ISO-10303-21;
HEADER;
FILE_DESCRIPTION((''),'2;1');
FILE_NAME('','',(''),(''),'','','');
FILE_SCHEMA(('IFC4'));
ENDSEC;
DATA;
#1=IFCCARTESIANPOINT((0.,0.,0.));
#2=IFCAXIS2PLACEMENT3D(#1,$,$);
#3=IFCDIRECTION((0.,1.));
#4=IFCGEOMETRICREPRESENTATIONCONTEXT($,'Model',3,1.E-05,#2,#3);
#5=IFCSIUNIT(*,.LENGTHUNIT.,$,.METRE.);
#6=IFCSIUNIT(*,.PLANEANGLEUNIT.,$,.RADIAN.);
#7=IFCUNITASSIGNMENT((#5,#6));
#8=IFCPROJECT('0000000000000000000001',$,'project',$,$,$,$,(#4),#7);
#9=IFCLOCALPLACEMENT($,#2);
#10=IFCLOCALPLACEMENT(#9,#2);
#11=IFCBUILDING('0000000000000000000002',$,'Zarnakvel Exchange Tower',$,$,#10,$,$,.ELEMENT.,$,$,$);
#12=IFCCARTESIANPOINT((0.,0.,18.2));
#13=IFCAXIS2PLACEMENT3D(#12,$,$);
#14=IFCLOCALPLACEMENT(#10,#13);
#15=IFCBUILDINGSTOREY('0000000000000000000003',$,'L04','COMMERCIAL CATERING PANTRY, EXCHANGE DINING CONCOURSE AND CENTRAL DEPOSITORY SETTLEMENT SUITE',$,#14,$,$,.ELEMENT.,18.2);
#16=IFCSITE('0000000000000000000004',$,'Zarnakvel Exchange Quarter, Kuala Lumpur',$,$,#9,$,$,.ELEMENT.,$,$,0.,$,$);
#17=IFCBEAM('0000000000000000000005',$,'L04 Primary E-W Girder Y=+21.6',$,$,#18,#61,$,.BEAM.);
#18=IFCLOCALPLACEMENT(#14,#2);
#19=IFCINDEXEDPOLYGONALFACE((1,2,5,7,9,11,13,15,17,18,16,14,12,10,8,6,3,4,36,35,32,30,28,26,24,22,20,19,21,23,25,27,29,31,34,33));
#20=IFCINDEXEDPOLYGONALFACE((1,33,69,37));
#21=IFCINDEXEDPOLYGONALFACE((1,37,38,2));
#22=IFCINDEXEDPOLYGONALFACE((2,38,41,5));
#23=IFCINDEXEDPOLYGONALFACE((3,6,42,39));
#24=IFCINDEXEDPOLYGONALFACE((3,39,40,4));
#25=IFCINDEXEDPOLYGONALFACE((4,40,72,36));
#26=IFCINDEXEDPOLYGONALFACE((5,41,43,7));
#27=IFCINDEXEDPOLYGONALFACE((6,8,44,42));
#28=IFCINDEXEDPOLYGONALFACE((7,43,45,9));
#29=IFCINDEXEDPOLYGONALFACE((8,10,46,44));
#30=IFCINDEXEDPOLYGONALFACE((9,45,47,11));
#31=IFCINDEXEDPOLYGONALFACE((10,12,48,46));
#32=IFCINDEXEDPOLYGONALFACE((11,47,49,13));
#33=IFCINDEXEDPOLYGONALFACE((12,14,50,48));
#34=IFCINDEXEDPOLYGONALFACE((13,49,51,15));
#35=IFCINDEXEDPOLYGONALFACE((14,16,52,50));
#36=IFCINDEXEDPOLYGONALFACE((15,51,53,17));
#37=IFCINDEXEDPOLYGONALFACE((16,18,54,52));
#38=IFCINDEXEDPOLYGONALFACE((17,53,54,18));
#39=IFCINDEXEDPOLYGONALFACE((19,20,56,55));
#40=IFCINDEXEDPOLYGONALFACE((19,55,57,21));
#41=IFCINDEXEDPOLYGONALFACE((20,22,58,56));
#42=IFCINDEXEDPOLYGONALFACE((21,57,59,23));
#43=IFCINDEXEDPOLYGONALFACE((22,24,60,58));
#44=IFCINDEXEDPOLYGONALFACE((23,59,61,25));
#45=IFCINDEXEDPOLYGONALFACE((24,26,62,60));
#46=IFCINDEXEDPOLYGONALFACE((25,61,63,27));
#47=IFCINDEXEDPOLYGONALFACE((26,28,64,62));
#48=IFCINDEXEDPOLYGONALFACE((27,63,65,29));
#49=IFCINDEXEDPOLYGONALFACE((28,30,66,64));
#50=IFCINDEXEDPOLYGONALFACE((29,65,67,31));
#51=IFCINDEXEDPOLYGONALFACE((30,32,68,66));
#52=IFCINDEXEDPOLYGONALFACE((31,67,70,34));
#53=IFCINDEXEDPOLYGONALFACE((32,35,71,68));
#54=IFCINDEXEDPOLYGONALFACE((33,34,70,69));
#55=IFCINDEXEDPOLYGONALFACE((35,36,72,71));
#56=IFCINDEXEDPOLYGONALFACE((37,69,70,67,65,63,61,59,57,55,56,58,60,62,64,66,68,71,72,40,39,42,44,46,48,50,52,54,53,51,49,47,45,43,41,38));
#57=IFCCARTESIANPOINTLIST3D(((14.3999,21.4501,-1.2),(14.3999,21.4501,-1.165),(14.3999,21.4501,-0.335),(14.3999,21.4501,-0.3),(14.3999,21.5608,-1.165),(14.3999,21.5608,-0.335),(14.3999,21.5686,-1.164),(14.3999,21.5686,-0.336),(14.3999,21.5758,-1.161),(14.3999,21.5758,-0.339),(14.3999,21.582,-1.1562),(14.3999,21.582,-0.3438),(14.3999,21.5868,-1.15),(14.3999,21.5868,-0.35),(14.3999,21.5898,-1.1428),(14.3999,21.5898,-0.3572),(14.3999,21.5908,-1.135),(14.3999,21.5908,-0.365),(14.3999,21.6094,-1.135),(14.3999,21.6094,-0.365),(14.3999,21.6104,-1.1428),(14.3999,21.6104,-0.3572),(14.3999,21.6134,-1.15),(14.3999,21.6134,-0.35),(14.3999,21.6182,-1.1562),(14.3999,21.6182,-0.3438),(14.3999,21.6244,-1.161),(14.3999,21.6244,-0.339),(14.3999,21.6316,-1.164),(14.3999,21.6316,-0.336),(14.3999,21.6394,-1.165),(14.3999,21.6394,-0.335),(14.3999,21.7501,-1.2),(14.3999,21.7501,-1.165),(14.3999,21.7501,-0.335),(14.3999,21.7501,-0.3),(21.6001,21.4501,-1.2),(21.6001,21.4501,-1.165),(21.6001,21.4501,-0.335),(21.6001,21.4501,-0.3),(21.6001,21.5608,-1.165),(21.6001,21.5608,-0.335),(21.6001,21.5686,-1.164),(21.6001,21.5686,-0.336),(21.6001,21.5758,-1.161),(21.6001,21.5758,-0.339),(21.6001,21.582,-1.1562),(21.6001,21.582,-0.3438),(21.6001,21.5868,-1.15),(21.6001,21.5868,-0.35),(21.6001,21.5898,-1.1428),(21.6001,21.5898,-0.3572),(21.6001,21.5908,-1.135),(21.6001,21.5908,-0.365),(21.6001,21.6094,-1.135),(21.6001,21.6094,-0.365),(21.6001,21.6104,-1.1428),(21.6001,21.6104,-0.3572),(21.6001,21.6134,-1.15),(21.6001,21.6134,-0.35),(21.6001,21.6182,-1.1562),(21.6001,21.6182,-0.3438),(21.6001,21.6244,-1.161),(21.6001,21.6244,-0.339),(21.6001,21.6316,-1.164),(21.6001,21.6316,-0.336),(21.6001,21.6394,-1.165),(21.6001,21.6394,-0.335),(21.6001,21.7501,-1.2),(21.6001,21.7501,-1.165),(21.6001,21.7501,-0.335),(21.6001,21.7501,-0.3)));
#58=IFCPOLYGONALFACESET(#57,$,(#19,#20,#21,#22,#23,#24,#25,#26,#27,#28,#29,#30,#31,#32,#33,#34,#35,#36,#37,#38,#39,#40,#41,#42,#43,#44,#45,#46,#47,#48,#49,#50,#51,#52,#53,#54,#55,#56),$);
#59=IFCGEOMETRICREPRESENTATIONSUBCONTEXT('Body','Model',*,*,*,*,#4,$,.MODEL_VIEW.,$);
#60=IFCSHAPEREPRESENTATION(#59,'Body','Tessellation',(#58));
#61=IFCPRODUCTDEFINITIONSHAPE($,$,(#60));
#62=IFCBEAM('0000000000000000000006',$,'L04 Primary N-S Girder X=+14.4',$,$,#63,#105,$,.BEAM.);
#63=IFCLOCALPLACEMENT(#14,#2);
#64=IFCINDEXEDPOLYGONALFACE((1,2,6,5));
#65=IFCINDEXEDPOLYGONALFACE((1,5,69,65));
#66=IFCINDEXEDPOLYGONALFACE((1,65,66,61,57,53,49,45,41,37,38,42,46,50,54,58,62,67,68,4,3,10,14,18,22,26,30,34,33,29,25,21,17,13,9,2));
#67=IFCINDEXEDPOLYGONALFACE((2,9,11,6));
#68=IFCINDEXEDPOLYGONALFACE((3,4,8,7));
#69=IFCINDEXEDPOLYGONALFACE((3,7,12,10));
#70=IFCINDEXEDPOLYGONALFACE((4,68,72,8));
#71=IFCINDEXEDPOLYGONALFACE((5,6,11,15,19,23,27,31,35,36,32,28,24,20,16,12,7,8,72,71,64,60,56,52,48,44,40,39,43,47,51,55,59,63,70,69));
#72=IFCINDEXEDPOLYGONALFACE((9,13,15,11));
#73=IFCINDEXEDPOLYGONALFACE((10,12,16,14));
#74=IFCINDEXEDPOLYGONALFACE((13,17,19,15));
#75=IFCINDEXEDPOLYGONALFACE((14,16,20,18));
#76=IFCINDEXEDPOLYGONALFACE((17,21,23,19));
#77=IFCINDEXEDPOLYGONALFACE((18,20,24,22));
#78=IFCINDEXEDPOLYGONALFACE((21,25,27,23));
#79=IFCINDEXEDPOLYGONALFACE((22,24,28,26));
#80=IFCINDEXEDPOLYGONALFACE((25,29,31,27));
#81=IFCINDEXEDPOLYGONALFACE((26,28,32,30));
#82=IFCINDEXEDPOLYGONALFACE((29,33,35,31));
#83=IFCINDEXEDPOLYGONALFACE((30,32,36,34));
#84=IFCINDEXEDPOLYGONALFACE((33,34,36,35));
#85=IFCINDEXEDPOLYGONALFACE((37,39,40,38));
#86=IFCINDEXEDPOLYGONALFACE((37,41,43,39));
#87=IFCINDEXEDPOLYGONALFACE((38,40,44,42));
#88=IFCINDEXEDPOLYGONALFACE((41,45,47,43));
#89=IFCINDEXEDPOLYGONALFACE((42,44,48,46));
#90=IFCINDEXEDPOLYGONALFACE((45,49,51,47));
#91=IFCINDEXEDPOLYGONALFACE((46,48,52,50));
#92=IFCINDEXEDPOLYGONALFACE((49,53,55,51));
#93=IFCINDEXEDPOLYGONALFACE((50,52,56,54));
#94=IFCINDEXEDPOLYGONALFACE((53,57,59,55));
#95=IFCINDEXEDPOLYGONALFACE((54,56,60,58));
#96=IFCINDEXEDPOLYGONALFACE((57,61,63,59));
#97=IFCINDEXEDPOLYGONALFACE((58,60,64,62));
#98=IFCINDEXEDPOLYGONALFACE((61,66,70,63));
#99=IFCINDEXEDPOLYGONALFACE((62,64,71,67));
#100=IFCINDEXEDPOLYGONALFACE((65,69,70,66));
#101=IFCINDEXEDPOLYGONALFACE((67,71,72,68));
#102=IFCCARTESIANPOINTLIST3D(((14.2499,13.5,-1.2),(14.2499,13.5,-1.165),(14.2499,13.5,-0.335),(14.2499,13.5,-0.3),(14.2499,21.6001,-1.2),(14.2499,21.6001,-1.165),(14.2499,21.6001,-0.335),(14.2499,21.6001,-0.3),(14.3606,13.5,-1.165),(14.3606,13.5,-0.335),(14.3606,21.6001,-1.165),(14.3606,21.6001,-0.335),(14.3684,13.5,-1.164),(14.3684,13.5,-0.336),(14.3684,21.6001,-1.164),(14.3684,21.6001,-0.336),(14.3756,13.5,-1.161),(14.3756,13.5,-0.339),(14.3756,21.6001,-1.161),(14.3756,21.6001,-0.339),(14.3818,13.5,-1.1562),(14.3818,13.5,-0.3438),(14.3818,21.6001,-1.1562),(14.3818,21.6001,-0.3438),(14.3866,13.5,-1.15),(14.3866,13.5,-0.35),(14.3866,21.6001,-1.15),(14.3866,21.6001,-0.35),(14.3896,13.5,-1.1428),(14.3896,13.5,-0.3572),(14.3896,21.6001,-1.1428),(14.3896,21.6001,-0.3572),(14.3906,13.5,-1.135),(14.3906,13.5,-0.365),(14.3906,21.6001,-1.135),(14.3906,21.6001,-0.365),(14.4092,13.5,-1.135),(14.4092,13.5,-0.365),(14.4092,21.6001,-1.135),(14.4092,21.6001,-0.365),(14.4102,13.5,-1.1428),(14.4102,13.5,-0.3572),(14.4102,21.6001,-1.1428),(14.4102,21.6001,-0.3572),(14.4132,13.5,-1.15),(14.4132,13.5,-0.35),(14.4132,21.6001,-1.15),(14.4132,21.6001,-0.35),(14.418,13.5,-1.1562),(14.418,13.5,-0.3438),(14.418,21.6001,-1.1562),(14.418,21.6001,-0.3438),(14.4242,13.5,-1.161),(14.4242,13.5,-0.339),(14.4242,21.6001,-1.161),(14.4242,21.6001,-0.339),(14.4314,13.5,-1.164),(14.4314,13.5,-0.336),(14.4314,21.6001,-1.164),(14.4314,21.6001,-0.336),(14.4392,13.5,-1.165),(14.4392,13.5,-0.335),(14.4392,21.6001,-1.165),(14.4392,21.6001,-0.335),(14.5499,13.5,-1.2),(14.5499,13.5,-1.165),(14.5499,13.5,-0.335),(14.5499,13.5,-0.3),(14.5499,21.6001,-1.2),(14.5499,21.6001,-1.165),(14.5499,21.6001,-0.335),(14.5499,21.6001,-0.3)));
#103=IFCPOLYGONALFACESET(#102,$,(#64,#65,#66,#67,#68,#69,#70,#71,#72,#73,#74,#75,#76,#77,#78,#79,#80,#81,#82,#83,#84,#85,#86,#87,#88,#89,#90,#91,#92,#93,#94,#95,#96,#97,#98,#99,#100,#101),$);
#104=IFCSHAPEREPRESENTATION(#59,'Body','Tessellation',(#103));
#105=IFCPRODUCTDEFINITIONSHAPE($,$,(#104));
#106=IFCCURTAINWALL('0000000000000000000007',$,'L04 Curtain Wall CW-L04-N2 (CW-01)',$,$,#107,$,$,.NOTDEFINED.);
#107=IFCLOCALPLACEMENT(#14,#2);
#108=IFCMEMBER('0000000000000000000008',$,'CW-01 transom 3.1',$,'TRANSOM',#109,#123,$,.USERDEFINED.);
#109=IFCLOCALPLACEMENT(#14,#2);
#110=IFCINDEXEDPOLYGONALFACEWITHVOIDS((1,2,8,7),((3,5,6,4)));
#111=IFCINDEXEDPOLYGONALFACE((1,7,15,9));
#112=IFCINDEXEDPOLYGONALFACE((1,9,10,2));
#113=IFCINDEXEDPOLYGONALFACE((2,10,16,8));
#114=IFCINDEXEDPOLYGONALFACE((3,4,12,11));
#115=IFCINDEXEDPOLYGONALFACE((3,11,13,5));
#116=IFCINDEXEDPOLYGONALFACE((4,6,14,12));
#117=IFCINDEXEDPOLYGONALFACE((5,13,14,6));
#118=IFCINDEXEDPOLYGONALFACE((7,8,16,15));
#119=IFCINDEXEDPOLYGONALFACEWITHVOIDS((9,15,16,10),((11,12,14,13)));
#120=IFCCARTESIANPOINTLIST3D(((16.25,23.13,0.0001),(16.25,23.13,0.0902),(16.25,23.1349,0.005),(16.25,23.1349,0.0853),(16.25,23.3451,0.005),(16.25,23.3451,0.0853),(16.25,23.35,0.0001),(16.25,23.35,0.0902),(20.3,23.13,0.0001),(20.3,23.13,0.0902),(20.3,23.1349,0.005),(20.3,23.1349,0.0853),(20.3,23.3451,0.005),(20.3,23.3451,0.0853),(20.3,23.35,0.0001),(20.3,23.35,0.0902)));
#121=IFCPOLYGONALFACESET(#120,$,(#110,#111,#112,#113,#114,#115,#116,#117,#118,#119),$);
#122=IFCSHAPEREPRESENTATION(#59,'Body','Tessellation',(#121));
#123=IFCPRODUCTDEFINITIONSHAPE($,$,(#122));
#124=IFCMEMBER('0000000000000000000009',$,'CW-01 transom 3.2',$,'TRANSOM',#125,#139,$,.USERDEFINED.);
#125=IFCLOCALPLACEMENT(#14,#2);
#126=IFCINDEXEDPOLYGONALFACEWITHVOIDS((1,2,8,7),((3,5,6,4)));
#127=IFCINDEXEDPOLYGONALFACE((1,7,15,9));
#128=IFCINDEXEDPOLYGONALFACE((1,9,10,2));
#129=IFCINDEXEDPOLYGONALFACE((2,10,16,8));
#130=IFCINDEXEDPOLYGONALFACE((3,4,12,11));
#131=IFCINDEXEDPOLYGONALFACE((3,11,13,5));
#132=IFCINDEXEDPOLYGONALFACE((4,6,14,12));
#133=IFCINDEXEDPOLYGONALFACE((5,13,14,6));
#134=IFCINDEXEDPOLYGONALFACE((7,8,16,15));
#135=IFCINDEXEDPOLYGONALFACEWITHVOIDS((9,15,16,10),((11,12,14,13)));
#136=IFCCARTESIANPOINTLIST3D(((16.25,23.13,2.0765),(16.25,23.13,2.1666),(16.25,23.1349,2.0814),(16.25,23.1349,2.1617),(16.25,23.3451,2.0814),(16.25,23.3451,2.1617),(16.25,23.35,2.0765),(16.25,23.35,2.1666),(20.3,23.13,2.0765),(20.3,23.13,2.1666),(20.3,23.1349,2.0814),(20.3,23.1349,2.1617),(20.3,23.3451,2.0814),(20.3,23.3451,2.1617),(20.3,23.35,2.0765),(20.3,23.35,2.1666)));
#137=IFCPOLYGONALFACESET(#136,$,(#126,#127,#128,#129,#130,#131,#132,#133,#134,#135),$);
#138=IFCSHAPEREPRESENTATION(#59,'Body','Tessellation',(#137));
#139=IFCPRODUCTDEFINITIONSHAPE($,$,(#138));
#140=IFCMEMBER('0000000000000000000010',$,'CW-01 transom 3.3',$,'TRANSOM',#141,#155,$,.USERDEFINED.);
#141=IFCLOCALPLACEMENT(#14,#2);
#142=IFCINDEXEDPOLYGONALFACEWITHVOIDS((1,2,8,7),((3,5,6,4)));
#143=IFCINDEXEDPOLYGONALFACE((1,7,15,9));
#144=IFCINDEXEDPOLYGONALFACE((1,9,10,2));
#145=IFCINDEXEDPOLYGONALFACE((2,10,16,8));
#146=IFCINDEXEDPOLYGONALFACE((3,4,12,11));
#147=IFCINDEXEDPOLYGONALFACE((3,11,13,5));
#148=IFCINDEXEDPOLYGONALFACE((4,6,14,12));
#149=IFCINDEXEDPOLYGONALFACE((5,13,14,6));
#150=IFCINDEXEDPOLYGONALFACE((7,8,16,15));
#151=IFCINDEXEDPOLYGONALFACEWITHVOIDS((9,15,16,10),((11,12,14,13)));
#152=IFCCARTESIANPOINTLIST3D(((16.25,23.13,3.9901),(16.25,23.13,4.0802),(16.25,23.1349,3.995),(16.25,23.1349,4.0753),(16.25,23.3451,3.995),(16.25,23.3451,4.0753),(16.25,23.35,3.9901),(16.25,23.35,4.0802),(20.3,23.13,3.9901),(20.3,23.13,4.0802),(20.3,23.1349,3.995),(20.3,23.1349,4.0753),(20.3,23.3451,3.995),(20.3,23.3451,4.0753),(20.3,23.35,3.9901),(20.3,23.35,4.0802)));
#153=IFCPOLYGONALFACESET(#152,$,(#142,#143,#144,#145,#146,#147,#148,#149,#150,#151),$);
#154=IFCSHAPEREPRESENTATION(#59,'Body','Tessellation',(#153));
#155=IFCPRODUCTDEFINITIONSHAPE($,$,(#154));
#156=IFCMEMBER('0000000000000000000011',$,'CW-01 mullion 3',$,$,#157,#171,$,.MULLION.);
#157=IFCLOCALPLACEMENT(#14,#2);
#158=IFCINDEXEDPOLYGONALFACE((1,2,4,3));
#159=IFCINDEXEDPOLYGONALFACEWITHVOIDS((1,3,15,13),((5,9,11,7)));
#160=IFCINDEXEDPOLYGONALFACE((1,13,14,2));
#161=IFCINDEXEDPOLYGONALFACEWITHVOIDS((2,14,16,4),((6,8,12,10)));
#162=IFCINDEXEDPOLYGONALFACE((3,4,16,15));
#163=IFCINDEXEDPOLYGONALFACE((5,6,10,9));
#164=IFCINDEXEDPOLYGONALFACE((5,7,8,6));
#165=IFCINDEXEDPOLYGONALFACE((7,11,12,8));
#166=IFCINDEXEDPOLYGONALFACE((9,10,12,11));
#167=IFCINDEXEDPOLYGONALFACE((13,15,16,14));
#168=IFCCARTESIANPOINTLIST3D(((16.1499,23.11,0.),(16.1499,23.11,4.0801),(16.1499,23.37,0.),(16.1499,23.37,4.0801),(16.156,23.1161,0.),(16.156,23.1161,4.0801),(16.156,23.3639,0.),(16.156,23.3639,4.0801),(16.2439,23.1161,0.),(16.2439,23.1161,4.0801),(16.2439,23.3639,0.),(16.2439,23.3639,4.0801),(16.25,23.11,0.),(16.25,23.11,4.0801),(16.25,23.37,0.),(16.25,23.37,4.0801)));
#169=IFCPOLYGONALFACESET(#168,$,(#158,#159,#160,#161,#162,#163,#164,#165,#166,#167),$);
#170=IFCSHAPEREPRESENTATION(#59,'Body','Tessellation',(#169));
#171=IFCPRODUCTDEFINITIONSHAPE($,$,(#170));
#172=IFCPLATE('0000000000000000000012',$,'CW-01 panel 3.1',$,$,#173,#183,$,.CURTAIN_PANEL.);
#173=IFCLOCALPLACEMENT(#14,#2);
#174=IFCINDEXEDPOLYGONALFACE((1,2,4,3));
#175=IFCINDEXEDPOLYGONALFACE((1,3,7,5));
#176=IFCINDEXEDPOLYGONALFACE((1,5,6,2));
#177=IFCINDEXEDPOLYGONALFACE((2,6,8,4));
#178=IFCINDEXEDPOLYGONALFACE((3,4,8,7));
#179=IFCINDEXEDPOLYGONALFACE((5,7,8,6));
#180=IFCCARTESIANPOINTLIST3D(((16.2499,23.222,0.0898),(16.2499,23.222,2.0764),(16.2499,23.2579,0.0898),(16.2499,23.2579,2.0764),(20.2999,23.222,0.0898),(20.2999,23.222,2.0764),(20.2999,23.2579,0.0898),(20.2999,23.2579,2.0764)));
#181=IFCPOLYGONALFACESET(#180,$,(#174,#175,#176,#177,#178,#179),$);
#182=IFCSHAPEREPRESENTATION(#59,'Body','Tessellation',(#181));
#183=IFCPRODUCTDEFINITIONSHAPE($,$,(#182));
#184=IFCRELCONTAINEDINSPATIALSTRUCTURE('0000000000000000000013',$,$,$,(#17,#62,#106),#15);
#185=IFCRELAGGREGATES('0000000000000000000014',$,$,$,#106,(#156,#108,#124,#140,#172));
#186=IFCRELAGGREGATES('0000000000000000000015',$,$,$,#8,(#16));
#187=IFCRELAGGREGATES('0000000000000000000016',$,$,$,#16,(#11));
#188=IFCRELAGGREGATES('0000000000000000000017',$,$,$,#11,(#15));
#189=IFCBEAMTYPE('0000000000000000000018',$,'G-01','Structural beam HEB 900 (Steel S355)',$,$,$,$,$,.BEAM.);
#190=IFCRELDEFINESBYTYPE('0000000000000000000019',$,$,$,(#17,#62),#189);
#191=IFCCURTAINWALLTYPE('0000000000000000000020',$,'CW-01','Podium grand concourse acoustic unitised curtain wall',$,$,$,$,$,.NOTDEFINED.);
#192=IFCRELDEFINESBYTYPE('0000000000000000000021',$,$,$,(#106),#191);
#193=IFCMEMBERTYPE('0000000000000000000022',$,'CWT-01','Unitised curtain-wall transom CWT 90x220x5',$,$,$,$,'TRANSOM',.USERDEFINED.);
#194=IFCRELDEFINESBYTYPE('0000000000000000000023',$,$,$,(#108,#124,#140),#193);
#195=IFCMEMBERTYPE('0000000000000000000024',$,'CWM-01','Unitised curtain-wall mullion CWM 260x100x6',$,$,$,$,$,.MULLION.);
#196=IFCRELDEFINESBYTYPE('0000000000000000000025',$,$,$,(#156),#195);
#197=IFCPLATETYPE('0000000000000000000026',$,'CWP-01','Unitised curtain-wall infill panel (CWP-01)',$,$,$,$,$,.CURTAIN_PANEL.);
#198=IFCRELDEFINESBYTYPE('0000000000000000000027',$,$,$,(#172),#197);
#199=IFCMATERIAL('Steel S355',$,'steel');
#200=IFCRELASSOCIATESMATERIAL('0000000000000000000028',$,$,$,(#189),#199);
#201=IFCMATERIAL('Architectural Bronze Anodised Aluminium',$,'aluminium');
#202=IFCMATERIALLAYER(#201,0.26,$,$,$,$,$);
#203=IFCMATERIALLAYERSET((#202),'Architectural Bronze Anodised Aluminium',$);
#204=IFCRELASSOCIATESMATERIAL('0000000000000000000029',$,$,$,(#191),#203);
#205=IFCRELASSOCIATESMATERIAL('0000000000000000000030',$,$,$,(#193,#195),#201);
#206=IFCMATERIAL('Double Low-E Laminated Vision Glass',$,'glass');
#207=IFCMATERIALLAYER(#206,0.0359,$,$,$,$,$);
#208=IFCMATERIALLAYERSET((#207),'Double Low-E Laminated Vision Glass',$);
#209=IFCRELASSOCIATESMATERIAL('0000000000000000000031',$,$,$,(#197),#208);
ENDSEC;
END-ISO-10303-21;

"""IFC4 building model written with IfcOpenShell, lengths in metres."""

from ifc_helpers import new_model, si_unit, direction, frame, origin, origin_2d, place, context, subcontext, project, spatial, rectangle, hollow_rectangle, i_section, extrude, source, transform, mapped, material, layer, layer_set, material_profile, profile_set, type_object, element, aggregate, save


model = new_model("IFC4")

# Units and contexts
model_context = context("Model", 3, precision=1e-05, world=origin(), true_north=direction((0.0, 1.0)))
body_context = subcontext(model_context, "Body", "Model", "MODEL_VIEW")
ifc_project = project(units=[si_unit("LENGTHUNIT", "METRE"), si_unit("PLANEANGLEUNIT", "RADIAN")], contexts=[model_context])

# Site, building, storey
site_placement = place(None, origin())
site = spatial("IfcSite", under=ifc_project, at=site_placement, Name="Zarnakvel Exchange Quarter, Kuala Lumpur", CompositionType="ELEMENT", RefElevation=0.0)
building_placement = place(site_placement, origin())
building = spatial("IfcBuilding", under=site, at=building_placement, Name="Zarnakvel Exchange Tower", CompositionType="ELEMENT")
storey_placement = place(building_placement, frame((0.0, 0.0, 18.2)))
storey = spatial("IfcBuildingStorey", under=building, at=storey_placement, Name="L04", Description="COMMERCIAL CATERING PANTRY, EXCHANGE DINING CONCOURSE AND CENTRAL DEPOSITORY SETTLEMENT SUITE", CompositionType="ELEMENT", Elevation=18.2)

# Beams
ifc_material_1 = material(Name="Steel S355", Category="steel")
ifc_material_profile_1 = material_profile(ifc_material_1, i_section(OverallWidth=0.3, OverallDepth=0.8999, WebThickness=0.0186, FlangeThickness=0.0349, FilletRadius=0.03, at=origin_2d()))
ifc_profile_set_1 = profile_set([ifc_material_profile_1], Name="Steel S355")
beam_type_1 = type_object("IfcBeamType", Name="G-01", Description="Structural beam HEB 900 (Steel S355)", PredefinedType="BEAM", material=ifc_profile_set_1)
for number, where, z_axis, x_axis, name in (
    (1, (14.3999, 21.6001, -0.75), (1.0, 0.0, 0.0), (0.0, 1.0, 0.0), "L04 Primary E-W Girder Y=+21.6"),
):
    element("IfcBeam", number, at=place(storey_placement, frame(where, z_axis=z_axis, x_axis=x_axis)), inside=storey, type_object=beam_type_1, Name=name, PredefinedType="BEAM", context=body_context, shape_type="SweptSolid", body=[
        extrude(i_section(OverallWidth=0.3, OverallDepth=0.8999, WebThickness=0.0186, FlangeThickness=0.0349, FilletRadius=0.03, at=origin_2d()), origin(), (0.0, 0.0, 1.0), 7.2002),
    ])
beam_1_placement = place(storey_placement, frame((14.3999, 13.5, -0.75), z_axis=(0.0, 1.0, 0.0), x_axis=(-1.0, 0.0, 0.0)))
element("IfcBeam", 2, at=beam_1_placement, inside=storey, type_object=beam_type_1, Name="L04 Primary N-S Girder X=+14.4", PredefinedType="BEAM", context=body_context, shape_type="SweptSolid", body=[
    extrude(i_section(OverallWidth=0.3, OverallDepth=0.8999, WebThickness=0.0186, FlangeThickness=0.0349, FilletRadius=0.03, at=origin_2d()), origin(), (0.0, 0.0, 1.0), 8.1001),
])

# Curtain wall, members, plate
ifc_material_2 = material(Name="Architectural Bronze Anodised Aluminium", Category="aluminium")
ifc_layer_1 = layer(ifc_material_2, 0.26)
ifc_layer_set_1 = layer_set([ifc_layer_1], Name="Architectural Bronze Anodised Aluminium")
curtain_wall_type = type_object("IfcCurtainWallType", Name="CW-01", Description="Podium grand concourse acoustic unitised curtain wall", PredefinedType="NOTDEFINED", material=ifc_layer_set_1)
curtain_wall_placement = place(storey_placement, origin())
curtain_wall = element("IfcCurtainWall", 3, at=curtain_wall_placement, inside=storey, type_object=curtain_wall_type, Name="L04 Curtain Wall CW-L04-N2 (CW-01)", PredefinedType="NOTDEFINED")
ifc_material_profile_2 = material_profile(ifc_material_2, hollow_rectangle(XDim=0.22, YDim=0.0901, WallThickness=0.0049, at=origin_2d()))
ifc_profile_set_2 = profile_set([ifc_material_profile_2], Name="Architectural Bronze Anodised Aluminium")
member_type_1 = type_object("IfcMemberType", Name="CWT-01", Description="Unitised curtain-wall transom CWT 90x220x5", ElementType="TRANSOM", PredefinedType="USERDEFINED", material=ifc_profile_set_2)
shared_shape_1 = source(origin(), body_context, "Body", "SweptSolid", [
    extrude(hollow_rectangle(XDim=0.22, YDim=0.0901, WallThickness=0.0049, at=origin_2d()), origin(), (0.0, 0.0, 1.0), 4.05),
])
member_1_placement = place(storey_placement, frame((16.25, 23.24, 0.0452), z_axis=(1.0, 0.0, 0.0), x_axis=(0.0, 1.0, 0.0)))
member_1 = element("IfcMember", 4, at=member_1_placement, type_object=member_type_1, Name="CW-01 transom 3.1", ObjectType="TRANSOM", PredefinedType="USERDEFINED", context=body_context, shape_type="MappedRepresentation", body=[
    mapped(shared_shape_1, transform((0.0, 0.0, 0.0), x_axis=(1.0, 0.0, 0.0), y_axis=(0.0, 1.0, 0.0), z_axis=(0.0, 0.0, 1.0), scale=1.0)),
])
member_2_placement = place(storey_placement, frame((16.25, 23.24, 2.1216), z_axis=(1.0, 0.0, 0.0), x_axis=(0.0, 1.0, 0.0)))
member_2 = element("IfcMember", 5, at=member_2_placement, type_object=member_type_1, Name="CW-01 transom 3.2", ObjectType="TRANSOM", PredefinedType="USERDEFINED", context=body_context, shape_type="MappedRepresentation", body=[
    mapped(shared_shape_1, transform((0.0, 0.0, 0.0), x_axis=(1.0, 0.0, 0.0), y_axis=(0.0, 1.0, 0.0), z_axis=(0.0, 0.0, 1.0), scale=1.0)),
])
member_3_placement = place(storey_placement, frame((16.25, 23.24, 4.0352), z_axis=(1.0, 0.0, 0.0), x_axis=(0.0, 1.0, 0.0)))
member_3 = element("IfcMember", 6, at=member_3_placement, type_object=member_type_1, Name="CW-01 transom 3.3", ObjectType="TRANSOM", PredefinedType="USERDEFINED", context=body_context, shape_type="MappedRepresentation", body=[
    mapped(shared_shape_1, transform((0.0, 0.0, 0.0), x_axis=(1.0, 0.0, 0.0), y_axis=(0.0, 1.0, 0.0), z_axis=(0.0, 0.0, 1.0), scale=1.0)),
])
ifc_material_profile_3 = material_profile(ifc_material_2, hollow_rectangle(XDim=0.26, YDim=0.1001, WallThickness=0.0061, at=origin_2d()))
ifc_profile_set_3 = profile_set([ifc_material_profile_3], Name="Architectural Bronze Anodised Aluminium")
member_type_2 = type_object("IfcMemberType", Name="CWM-01", Description="Unitised curtain-wall mullion CWM 260x100x6", PredefinedType="MULLION", material=ifc_profile_set_3)
shared_shape_2 = source(origin(), body_context, "Body", "SweptSolid", [
    extrude(hollow_rectangle(XDim=0.26, YDim=0.1001, WallThickness=0.0061, at=origin_2d()), origin(), (0.0, 0.0, 1.0), 4.0801),
])
member_4_placement = place(storey_placement, frame((16.2, 23.24, 0.0), z_axis=(0.0, 0.0, 1.0), x_axis=(0.0, 1.0, 0.0)))
member_4 = element("IfcMember", 7, at=member_4_placement, type_object=member_type_2, Name="CW-01 mullion 3", PredefinedType="MULLION", context=body_context, shape_type="MappedRepresentation", body=[
    mapped(shared_shape_2, transform((0.0, 0.0, 0.0), x_axis=(1.0, 0.0, 0.0), y_axis=(0.0, 1.0, 0.0), z_axis=(0.0, 0.0, 1.0), scale=1.0)),
])
ifc_material_3 = material(Name="Double Low-E Laminated Vision Glass", Category="glass")
ifc_layer_2 = layer(ifc_material_3, 0.0359)
ifc_layer_set_2 = layer_set([ifc_layer_2], Name="Double Low-E Laminated Vision Glass")
plate_type = type_object("IfcPlateType", Name="CWP-01", Description="Unitised curtain-wall infill panel (CWP-01)", PredefinedType="CURTAIN_PANEL", material=ifc_layer_set_2)
shared_shape_3 = source(origin(), body_context, "Body", "SweptSolid", [
    extrude(rectangle(XDim=4.05, YDim=0.0359, at=origin_2d()), origin(), (0.0, 0.0, 1.0), 1.9866),
])
plate_1_placement = place(storey_placement, frame((18.2749, 23.24, 0.0898), z_axis=(0.0, 0.0, 1.0), x_axis=(1.0, 0.0, 0.0)))
plate_1 = element("IfcPlate", 8, at=plate_1_placement, type_object=plate_type, Name="CW-01 panel 3.1", PredefinedType="CURTAIN_PANEL", context=body_context, shape_type="MappedRepresentation", body=[
    mapped(shared_shape_3, transform((0.0, 0.0, 0.0), x_axis=(1.0, 0.0, 0.0), y_axis=(0.0, 1.0, 0.0), z_axis=(0.0, 0.0, 1.0), scale=1.0)),
])
aggregate(curtain_wall, [member_4, member_1, member_2, member_3, plate_1])

save(model, "model.ifc")
